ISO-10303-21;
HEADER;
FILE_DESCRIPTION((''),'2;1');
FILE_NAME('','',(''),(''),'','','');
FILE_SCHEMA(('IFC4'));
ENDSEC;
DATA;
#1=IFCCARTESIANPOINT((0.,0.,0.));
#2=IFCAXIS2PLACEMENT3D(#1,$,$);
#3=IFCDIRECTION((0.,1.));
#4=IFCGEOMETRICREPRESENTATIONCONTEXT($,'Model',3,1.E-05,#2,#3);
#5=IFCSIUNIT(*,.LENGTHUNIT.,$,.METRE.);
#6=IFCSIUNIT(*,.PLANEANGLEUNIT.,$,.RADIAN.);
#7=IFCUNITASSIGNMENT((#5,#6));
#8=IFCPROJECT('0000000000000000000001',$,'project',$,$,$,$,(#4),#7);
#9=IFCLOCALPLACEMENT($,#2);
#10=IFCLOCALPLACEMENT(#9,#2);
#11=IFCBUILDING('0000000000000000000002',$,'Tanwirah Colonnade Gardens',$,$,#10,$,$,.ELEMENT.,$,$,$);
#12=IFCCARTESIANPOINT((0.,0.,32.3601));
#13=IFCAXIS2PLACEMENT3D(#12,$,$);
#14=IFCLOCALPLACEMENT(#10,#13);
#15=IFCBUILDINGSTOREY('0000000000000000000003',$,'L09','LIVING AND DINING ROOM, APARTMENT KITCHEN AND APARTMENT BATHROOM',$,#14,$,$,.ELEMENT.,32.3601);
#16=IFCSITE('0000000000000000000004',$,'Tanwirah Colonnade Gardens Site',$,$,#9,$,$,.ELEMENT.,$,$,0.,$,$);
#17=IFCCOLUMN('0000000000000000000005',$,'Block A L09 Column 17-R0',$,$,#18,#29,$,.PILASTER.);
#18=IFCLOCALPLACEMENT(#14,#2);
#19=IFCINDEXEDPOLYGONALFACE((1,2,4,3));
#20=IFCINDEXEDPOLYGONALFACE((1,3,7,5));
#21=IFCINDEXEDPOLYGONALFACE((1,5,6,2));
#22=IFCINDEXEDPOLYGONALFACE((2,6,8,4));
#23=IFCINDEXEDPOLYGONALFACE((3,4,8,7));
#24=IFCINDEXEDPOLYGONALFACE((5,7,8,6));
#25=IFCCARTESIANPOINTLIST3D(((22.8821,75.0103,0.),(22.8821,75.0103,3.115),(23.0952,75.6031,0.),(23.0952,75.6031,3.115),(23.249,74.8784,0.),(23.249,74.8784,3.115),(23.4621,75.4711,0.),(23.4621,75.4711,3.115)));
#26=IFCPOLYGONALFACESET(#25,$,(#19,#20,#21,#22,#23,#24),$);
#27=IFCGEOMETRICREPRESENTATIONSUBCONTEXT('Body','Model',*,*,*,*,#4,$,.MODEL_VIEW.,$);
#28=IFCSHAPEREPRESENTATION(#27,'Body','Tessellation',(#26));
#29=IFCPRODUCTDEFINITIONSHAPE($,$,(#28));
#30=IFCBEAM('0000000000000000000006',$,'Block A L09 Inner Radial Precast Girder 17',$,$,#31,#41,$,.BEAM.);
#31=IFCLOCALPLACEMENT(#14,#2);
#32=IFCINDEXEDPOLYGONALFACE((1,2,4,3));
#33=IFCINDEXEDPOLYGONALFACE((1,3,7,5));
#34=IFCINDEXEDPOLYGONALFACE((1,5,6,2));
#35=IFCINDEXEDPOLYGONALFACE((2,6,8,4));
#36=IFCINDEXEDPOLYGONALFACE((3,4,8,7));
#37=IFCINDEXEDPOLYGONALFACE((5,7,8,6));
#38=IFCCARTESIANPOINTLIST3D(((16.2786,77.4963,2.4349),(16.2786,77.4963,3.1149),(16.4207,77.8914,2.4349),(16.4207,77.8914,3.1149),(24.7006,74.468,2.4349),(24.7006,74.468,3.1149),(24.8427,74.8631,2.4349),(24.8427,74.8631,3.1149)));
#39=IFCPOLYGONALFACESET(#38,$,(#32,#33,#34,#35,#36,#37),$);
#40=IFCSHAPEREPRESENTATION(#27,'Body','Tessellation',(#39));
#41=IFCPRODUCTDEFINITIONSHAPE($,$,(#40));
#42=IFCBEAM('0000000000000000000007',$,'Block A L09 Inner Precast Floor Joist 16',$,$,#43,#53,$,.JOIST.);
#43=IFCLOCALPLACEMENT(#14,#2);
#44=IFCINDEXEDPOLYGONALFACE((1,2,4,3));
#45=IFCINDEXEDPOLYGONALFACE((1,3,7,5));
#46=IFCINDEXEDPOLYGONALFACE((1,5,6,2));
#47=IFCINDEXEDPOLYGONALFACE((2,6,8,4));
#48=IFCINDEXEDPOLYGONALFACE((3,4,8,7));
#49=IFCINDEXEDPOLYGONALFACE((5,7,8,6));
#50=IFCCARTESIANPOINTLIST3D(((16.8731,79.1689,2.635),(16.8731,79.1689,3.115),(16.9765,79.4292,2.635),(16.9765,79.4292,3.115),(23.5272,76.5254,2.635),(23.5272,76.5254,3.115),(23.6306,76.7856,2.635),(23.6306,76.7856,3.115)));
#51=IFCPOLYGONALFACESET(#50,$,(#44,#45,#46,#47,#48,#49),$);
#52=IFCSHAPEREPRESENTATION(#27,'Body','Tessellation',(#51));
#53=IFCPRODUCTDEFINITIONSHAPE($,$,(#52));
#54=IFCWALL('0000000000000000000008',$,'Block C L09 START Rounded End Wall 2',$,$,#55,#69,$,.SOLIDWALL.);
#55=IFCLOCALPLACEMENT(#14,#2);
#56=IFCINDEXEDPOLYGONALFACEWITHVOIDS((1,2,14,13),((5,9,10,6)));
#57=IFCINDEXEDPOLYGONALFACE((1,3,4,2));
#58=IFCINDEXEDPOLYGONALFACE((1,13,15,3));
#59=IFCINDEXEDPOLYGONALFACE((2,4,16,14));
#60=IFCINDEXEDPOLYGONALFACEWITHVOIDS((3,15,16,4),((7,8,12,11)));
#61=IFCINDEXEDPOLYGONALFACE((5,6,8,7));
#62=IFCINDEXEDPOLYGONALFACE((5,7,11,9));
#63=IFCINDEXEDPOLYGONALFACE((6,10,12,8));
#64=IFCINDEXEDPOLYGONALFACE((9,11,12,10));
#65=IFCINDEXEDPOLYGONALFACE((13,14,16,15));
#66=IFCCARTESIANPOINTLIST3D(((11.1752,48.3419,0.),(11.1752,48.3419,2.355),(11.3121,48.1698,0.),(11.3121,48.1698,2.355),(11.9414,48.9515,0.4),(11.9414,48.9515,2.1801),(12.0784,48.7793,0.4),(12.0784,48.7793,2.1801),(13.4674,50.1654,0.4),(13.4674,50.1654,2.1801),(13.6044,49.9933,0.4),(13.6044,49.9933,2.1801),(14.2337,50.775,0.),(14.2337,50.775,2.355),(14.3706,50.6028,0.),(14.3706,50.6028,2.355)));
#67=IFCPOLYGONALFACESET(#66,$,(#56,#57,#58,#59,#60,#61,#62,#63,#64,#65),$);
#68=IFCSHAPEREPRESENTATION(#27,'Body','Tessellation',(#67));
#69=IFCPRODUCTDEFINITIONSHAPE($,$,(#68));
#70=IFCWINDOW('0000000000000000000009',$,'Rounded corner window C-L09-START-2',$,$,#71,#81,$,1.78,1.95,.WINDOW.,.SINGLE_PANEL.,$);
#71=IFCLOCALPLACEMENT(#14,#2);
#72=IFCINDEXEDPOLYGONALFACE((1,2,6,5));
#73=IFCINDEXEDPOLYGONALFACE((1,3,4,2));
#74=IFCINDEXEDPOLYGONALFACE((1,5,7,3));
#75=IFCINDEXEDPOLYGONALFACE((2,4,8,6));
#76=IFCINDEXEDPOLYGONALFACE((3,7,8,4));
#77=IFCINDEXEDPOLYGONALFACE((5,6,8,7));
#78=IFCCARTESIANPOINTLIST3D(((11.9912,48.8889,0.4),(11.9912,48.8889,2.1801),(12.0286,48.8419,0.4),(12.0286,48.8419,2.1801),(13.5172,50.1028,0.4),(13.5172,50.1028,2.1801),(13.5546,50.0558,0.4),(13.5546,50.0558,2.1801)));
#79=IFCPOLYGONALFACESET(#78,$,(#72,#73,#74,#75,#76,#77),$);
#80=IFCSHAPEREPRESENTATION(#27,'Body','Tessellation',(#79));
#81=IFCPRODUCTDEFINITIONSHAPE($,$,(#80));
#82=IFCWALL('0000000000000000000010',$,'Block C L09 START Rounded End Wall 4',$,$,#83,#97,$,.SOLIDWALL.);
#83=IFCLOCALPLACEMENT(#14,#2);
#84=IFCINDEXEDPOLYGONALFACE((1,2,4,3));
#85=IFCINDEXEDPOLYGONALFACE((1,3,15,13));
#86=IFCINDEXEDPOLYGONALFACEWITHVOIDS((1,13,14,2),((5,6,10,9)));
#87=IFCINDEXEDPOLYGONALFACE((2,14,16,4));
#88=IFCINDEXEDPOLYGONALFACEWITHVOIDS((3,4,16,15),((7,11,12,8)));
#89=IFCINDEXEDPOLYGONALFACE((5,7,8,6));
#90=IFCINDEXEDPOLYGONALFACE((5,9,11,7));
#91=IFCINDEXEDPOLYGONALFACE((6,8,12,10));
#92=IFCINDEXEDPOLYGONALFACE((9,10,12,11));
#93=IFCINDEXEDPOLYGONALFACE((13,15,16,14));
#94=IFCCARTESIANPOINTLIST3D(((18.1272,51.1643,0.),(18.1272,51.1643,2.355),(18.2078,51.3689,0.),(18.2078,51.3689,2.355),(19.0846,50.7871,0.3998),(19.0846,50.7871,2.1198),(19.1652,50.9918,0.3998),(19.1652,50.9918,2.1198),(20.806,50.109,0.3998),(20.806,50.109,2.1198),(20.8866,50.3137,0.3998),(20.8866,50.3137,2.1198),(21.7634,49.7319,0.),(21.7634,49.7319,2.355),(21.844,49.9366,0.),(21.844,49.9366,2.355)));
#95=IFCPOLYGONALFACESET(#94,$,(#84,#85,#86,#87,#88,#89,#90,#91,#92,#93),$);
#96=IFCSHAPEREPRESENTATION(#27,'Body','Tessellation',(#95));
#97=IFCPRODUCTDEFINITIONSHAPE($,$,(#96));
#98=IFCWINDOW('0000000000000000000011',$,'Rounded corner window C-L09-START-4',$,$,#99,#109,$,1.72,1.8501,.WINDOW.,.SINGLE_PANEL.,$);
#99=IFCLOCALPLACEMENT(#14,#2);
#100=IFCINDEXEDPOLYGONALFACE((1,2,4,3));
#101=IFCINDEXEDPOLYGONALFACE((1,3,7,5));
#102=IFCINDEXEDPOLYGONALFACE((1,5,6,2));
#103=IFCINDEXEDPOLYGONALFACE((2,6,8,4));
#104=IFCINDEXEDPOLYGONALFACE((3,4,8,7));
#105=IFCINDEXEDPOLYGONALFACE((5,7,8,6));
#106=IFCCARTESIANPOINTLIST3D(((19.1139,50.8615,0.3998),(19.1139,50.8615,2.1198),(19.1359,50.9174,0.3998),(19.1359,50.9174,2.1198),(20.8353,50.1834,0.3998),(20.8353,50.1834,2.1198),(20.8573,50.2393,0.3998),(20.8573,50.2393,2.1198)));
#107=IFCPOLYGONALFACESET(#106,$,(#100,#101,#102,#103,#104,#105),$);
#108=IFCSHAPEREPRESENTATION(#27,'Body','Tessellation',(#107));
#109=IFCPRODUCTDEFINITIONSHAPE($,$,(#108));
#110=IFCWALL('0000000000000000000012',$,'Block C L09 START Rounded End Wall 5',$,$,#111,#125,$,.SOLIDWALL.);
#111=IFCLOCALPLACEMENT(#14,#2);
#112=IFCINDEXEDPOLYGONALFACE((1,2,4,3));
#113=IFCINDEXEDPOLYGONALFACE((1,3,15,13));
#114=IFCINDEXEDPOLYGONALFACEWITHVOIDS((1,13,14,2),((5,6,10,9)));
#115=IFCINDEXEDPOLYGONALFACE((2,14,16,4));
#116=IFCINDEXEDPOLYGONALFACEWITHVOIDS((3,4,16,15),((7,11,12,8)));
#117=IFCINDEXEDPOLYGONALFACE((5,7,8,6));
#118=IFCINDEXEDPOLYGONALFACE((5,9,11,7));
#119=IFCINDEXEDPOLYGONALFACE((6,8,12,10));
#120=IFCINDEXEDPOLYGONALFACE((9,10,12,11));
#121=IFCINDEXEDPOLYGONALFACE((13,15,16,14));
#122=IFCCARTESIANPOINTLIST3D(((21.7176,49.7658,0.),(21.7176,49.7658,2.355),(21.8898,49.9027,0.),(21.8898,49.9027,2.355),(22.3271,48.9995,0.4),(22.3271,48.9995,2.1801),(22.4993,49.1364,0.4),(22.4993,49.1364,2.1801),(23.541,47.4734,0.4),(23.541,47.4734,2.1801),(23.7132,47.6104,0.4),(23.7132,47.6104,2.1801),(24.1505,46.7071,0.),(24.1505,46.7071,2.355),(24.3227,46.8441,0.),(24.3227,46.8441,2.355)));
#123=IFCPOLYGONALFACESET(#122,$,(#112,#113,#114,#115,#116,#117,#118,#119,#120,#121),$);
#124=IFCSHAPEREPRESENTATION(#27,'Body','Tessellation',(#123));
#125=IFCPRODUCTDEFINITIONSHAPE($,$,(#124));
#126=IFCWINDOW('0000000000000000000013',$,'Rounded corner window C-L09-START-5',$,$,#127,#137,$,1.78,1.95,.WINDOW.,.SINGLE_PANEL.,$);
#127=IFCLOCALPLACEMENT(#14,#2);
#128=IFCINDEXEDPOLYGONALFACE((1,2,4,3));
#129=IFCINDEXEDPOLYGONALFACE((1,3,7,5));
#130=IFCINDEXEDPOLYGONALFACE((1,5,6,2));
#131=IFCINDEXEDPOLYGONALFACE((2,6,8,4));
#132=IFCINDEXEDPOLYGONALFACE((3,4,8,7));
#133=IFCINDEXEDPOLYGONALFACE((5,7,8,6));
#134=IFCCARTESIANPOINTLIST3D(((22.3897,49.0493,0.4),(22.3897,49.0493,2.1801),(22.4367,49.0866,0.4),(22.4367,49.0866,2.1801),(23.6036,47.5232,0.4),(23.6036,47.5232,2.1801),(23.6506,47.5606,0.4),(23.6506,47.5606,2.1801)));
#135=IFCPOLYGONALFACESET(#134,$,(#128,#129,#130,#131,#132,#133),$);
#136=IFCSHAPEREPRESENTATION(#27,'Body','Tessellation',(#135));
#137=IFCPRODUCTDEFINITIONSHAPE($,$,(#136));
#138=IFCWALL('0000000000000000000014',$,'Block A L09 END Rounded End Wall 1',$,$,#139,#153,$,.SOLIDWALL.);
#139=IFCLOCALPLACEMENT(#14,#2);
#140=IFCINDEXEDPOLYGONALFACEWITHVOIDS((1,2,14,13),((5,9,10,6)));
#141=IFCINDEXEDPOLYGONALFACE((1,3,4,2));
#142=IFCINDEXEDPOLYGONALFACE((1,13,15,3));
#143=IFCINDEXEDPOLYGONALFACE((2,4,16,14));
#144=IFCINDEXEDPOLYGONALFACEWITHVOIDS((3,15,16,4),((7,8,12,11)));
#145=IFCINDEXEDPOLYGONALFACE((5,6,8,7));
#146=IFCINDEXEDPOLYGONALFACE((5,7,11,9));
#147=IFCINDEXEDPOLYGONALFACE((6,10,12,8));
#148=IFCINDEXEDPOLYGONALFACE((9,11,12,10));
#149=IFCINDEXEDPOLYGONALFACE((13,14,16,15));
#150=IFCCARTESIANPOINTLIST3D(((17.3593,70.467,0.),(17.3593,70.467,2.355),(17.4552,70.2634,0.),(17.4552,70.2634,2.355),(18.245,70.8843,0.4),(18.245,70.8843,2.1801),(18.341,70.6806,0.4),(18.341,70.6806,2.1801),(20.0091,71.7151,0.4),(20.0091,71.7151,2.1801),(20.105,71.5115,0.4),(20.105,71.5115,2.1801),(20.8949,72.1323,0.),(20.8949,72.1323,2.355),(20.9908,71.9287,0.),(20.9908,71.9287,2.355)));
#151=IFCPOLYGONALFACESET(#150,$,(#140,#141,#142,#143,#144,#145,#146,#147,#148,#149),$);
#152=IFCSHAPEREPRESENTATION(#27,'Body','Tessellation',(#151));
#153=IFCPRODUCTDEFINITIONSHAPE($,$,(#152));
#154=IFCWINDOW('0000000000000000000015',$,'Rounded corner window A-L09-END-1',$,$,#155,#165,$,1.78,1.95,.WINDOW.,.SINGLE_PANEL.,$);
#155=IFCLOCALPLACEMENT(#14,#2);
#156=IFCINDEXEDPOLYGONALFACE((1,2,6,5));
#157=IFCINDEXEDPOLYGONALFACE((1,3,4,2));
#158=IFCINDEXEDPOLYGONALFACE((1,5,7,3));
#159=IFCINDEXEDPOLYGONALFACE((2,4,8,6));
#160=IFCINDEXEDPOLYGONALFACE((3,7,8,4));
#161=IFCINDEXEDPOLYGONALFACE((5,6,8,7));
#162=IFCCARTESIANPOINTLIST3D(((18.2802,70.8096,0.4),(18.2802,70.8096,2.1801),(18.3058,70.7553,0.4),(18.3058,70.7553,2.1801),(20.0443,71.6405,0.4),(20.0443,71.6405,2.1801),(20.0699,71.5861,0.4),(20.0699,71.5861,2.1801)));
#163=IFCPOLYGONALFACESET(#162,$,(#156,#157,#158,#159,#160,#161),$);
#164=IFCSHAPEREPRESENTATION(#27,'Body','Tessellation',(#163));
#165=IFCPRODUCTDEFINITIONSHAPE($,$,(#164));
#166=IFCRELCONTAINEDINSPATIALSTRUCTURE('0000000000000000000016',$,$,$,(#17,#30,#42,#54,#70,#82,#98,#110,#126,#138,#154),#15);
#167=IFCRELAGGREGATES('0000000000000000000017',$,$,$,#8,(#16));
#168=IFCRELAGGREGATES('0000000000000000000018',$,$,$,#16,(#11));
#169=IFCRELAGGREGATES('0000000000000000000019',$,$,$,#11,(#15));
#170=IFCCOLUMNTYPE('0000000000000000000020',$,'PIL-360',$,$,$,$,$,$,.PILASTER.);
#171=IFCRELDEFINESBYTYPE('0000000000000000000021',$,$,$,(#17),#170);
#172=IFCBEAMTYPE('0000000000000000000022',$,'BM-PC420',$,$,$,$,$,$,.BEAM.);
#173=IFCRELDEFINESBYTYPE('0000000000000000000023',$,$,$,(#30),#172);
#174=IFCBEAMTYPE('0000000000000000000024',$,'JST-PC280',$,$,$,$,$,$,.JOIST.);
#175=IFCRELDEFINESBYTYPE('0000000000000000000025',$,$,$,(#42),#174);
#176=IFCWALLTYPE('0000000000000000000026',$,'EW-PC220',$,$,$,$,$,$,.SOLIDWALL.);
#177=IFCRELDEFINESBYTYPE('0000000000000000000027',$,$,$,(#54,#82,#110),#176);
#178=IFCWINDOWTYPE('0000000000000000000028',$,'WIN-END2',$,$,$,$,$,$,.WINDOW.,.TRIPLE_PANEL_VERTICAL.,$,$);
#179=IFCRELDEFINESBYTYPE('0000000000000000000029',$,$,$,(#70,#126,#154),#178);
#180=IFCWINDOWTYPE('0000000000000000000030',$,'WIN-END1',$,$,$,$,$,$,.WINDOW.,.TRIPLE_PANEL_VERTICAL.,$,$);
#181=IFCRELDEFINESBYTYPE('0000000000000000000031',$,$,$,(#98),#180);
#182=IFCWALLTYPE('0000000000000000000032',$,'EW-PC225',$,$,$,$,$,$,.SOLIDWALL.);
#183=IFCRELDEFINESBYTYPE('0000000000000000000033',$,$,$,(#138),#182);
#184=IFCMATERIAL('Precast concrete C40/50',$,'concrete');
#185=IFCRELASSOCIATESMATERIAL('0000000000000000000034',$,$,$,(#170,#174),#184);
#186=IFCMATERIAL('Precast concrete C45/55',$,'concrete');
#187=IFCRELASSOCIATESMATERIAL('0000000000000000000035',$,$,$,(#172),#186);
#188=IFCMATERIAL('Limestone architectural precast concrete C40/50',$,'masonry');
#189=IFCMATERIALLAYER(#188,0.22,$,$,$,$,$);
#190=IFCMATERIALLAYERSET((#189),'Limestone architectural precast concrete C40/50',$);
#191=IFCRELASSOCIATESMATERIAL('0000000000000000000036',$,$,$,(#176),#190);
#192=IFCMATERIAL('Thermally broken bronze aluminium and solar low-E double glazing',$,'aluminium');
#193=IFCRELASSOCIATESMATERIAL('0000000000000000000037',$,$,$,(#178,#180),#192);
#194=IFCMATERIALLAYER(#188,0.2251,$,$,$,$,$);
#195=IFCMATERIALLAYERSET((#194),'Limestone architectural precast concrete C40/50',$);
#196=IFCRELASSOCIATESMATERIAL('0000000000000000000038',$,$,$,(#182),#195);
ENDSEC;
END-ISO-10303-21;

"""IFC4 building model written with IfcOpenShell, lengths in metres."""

from ifc_helpers import new_model, si_unit, direction, frame, frame_2d, origin, origin_2d, place, context, subcontext, project, spatial, rectangle, extrude, material, layer, layer_set, material_profile, profile_set, type_object, element, fill, save


model = new_model("IFC4")

# Units and contexts
model_context = context("Model", 3, precision=1e-05, world=origin(), true_north=direction((0.0, 1.0)))
body_context = subcontext(model_context, "Body", "Model", "MODEL_VIEW")
ifc_project = project(units=[si_unit("LENGTHUNIT", "METRE"), si_unit("PLANEANGLEUNIT", "RADIAN")], contexts=[model_context])

# Site, building, storey
site_placement = place(None, origin())
site = spatial("IfcSite", under=ifc_project, at=site_placement, Name="Tanwirah Colonnade Gardens Site", CompositionType="ELEMENT", RefElevation=0.0)
building_placement = place(site_placement, origin())
building = spatial("IfcBuilding", under=site, at=building_placement, Name="Tanwirah Colonnade Gardens", CompositionType="ELEMENT")
storey_placement = place(building_placement, frame((0.0, 0.0, 32.3601)))
storey = spatial("IfcBuildingStorey", under=building, at=storey_placement, Name="L09", Description="LIVING AND DINING ROOM, APARTMENT KITCHEN AND APARTMENT BATHROOM", CompositionType="ELEMENT", Elevation=32.3601)

# Column
ifc_material_1 = material(Name="Precast concrete C40/50", Category="concrete")
ifc_material_profile_1 = material_profile(ifc_material_1, rectangle(XDim=0.3899, YDim=0.6299, at=origin_2d()), Name="PC-PIL 390x630")
ifc_profile_set_1 = profile_set([ifc_material_profile_1], Name="Precast concrete C40/50")
column_type = type_object("IfcColumnType", Name="PIL-360", PredefinedType="PILASTER", material=ifc_profile_set_1)
column_placement = place(storey_placement, frame((23.1721, 75.2407, 0.0), z_axis=(0.0, 0.0, 1.0), x_axis=(-0.941012, 0.338373, 0.0)))
element("IfcColumn", 1, at=column_placement, inside=storey, type_object=column_type, Name="Block A L09 Column 17-R0", PredefinedType="PILASTER", context=body_context, shape_type="SweptSolid", body=[
    extrude(rectangle(XDim=0.3899, YDim=0.6299, at=origin_2d()), origin(), (0.0, 0.0, 1.0), 3.115),
])

# Beams
ifc_material_2 = material(Name="Precast concrete C45/55", Category="concrete")
ifc_material_profile_2 = material_profile(ifc_material_2, rectangle(XDim=0.4199, YDim=0.6799, at=origin_2d()), Name="PC-BM 420x680")
ifc_profile_set_2 = profile_set([ifc_material_profile_2], Name="Precast concrete C45/55")
beam_type_1 = type_object("IfcBeamType", Name="BM-PC420", PredefinedType="BEAM", material=ifc_profile_set_2)
beam_1_placement = place(storey_placement, frame((16.3496, 77.6938, 2.7749), z_axis=(0.941017, -0.338359, 0.0), x_axis=(0.338359, 0.941017, 0.0)))
element("IfcBeam", 2, at=beam_1_placement, inside=storey, type_object=beam_type_1, Name="Block A L09 Inner Radial Precast Girder 17", PredefinedType="BEAM", context=body_context, shape_type="SweptSolid", body=[
    extrude(rectangle(XDim=0.4199, YDim=0.6799, at=origin_2d()), origin(), (0.0, 0.0, 1.0), 8.95),
])
ifc_material_profile_3 = material_profile(ifc_material_1, rectangle(XDim=0.28, YDim=0.48, at=origin_2d()), Name="PC-JST 280x480")
ifc_profile_set_3 = profile_set([ifc_material_profile_3], Name="Precast concrete C40/50")
beam_type_2 = type_object("IfcBeamType", Name="JST-PC280", PredefinedType="JOIST", material=ifc_profile_set_3)
beam_2_placement = place(storey_placement, frame((23.5789, 76.6555, 2.875), z_axis=(-0.929344, 0.369214, 0.0), x_axis=(-0.369214, -0.929344, 0.0)))
element("IfcBeam", 3, at=beam_2_placement, inside=storey, type_object=beam_type_2, Name="Block A L09 Inner Precast Floor Joist 16", PredefinedType="JOIST", context=body_context, shape_type="SweptSolid", body=[
    extrude(rectangle(XDim=0.28, YDim=0.48, at=origin_2d()), origin(), (0.0, 0.0, 1.0), 7.1599),
])

# Walls, openings, windows
ifc_material_3 = material(Name="Limestone architectural precast concrete C40/50", Category="masonry")
ifc_layer_1 = layer(ifc_material_3, 0.22)
ifc_layer_set_1 = layer_set([ifc_layer_1], Name="Limestone architectural precast concrete C40/50")
wall_type_1 = type_object("IfcWallType", Name="EW-PC220", PredefinedType="SOLIDWALL", material=ifc_layer_set_1)
wall_1_placement = place(storey_placement, frame((11.2437, 48.2559, 0.0), z_axis=(0.0, 0.0, 1.0), x_axis=(0.782584, 0.622544, 0.0)))
wall_1 = element("IfcWall", 4, at=wall_1_placement, inside=storey, type_object=wall_type_1, Name="Block C L09 START Rounded End Wall 2", PredefinedType="SOLIDWALL", context=body_context, shape_type="SweptSolid", body=[
    extrude(rectangle(XDim=3.9082, YDim=0.22, at=frame_2d((1.9541, 0.0))), origin(), (0.0, 0.0, 1.0), 2.355),
])
opening_1_placement = place(wall_1_placement, frame((0.979, 0.0, 0.3999)))
opening_1 = element("IfcOpeningElement", 5, at=opening_1_placement, cuts=wall_1, PredefinedType="OPENING", context=body_context, shape_type="SweptSolid", body=[
    extrude(rectangle(XDim=1.95, YDim=1.78, at=frame_2d((0.9751, 0.8901))), frame((0.0, 0.1199, 0.0), z_axis=(0.0, -1.0, 0.0), x_axis=(1.0, 0.0, 0.0)), (0.0, 0.0, 1.0), 0.24),
])
ifc_material_4 = material(Name="Thermally broken bronze aluminium and solar low-E double glazing", Category="aluminium")
window_type_1 = type_object("IfcWindowType", Name="WIN-END2", PartitioningType="TRIPLE_PANEL_VERTICAL", PredefinedType="WINDOW", material=ifc_material_4)
window_1_placement = place(opening_1_placement, origin())
window_1 = element("IfcWindow", 6, at=window_1_placement, inside=storey, type_object=window_type_1, Name="Rounded corner window C-L09-START-2", OverallHeight=1.78, OverallWidth=1.95, PartitioningType="SINGLE_PANEL", PredefinedType="WINDOW", context=body_context, shape_type="SweptSolid", body=[
    extrude(rectangle(XDim=1.95, YDim=1.78, at=frame_2d((0.9751, 0.8901))), frame((0.0, 0.03, 0.0), z_axis=(0.0, -1.0, 0.0), x_axis=(1.0, 0.0, 0.0)), (0.0, 0.0, 1.0), 0.0601),
])
fill(opening_1, window_1)
wall_2_placement = place(storey_placement, frame((18.1675, 51.2666, 0.0), z_axis=(0.0, 0.0, 1.0), x_axis=(0.930415, -0.366506, 0.0)))
wall_2 = element("IfcWall", 7, at=wall_2_placement, inside=storey, type_object=wall_type_1, Name="Block C L09 START Rounded End Wall 4", PredefinedType="SOLIDWALL", context=body_context, shape_type="SweptSolid", body=[
    extrude(rectangle(XDim=3.9082, YDim=0.22, at=frame_2d((1.9541, 0.0))), origin(), (0.0, 0.0, 1.0), 2.355),
])
opening_2_placement = place(wall_2_placement, frame((1.0291, 0.0, 0.3999)))
opening_2 = element("IfcOpeningElement", 8, at=opening_2_placement, cuts=wall_2, PredefinedType="OPENING", context=body_context, shape_type="SweptSolid", body=[
    extrude(rectangle(XDim=1.8501, YDim=1.72, at=frame_2d((0.925, 0.8599))), frame((0.0, 0.1199, 0.0), z_axis=(0.0, -1.0, 0.0), x_axis=(1.0, 0.0, 0.0)), (0.0, 0.0, 1.0), 0.24),
])
window_type_2 = type_object("IfcWindowType", Name="WIN-END1", PartitioningType="TRIPLE_PANEL_VERTICAL", PredefinedType="WINDOW", material=ifc_material_4)
window_2_placement = place(opening_2_placement, origin())
window_2 = element("IfcWindow", 9, at=window_2_placement, inside=storey, type_object=window_type_2, Name="Rounded corner window C-L09-START-4", OverallHeight=1.72, OverallWidth=1.8501, PartitioningType="SINGLE_PANEL", PredefinedType="WINDOW", context=body_context, shape_type="SweptSolid", body=[
    extrude(rectangle(XDim=1.8501, YDim=1.72, at=frame_2d((0.925, 0.8599))), frame((0.0, 0.03, 0.0), z_axis=(0.0, -1.0, 0.0), x_axis=(1.0, 0.0, 0.0)), (0.0, 0.0, 1.0), 0.0601),
])
fill(opening_2, window_2)
wall_3_placement = place(storey_placement, frame((21.8037, 49.8342, 0.0), z_axis=(0.0, 0.0, 1.0), x_axis=(0.622506, -0.782615, 0.0)))
wall_3 = element("IfcWall", 10, at=wall_3_placement, inside=storey, type_object=wall_type_1, Name="Block C L09 START Rounded End Wall 5", PredefinedType="SOLIDWALL", context=body_context, shape_type="SweptSolid", body=[
    extrude(rectangle(XDim=3.9082, YDim=0.22, at=frame_2d((1.9541, 0.0))), origin(), (0.0, 0.0, 1.0), 2.355),
])
opening_3_placement = place(wall_3_placement, frame((0.979, 0.0, 0.3999)))
opening_3 = element("IfcOpeningElement", 11, at=opening_3_placement, cuts=wall_3, PredefinedType="OPENING", context=body_context, shape_type="SweptSolid", body=[
    extrude(rectangle(XDim=1.95, YDim=1.78, at=frame_2d((0.9751, 0.8901))), frame((0.0, 0.1199, 0.0), z_axis=(0.0, -1.0, 0.0), x_axis=(1.0, 0.0, 0.0)), (0.0, 0.0, 1.0), 0.24),
])
window_3_placement = place(opening_3_placement, origin())
window_3 = element("IfcWindow", 12, at=window_3_placement, inside=storey, type_object=window_type_1, Name="Rounded corner window C-L09-START-5", OverallHeight=1.78, OverallWidth=1.95, PartitioningType="SINGLE_PANEL", PredefinedType="WINDOW", context=body_context, shape_type="SweptSolid", body=[
    extrude(rectangle(XDim=1.95, YDim=1.78, at=frame_2d((0.9751, 0.8901))), frame((0.0, 0.03, 0.0), z_axis=(0.0, -1.0, 0.0), x_axis=(1.0, 0.0, 0.0)), (0.0, 0.0, 1.0), 0.0601),
])
fill(opening_3, window_3)
ifc_layer_2 = layer(ifc_material_3, 0.2251)
ifc_layer_set_2 = layer_set([ifc_layer_2], Name="Limestone architectural precast concrete C40/50")
wall_type_2 = type_object("IfcWallType", Name="EW-PC225", PredefinedType="SOLIDWALL", material=ifc_layer_set_2)
wall_4_placement = place(storey_placement, frame((20.9429, 72.0305, 0.0), z_axis=(0.0, 0.0, 1.0), x_axis=(-0.904676, -0.426101, 0.0)))
wall_4 = element("IfcWall", 13, at=wall_4_placement, inside=storey, type_object=wall_type_2, Name="Block A L09 END Rounded End Wall 1", PredefinedType="SOLIDWALL", context=body_context, shape_type="SweptSolid", body=[
    extrude(rectangle(XDim=3.9082, YDim=0.2251, at=frame_2d((1.9541, 0.0))), origin(), (0.0, 0.0, 1.0), 2.355),
])
opening_4_placement = place(wall_4_placement, frame((0.979, 0.0, 0.3999)))
opening_4 = element("IfcOpeningElement", 14, at=opening_4_placement, cuts=wall_4, PredefinedType="OPENING", context=body_context, shape_type="SweptSolid", body=[
    extrude(rectangle(XDim=1.95, YDim=1.78, at=frame_2d((0.9751, 0.8901))), frame((0.0, 0.1226, 0.0), z_axis=(0.0, -1.0, 0.0), x_axis=(1.0, 0.0, 0.0)), (0.0, 0.0, 1.0), 0.2451),
])
window_4_placement = place(opening_4_placement, origin())
window_4 = element("IfcWindow", 15, at=window_4_placement, inside=storey, type_object=window_type_1, Name="Rounded corner window A-L09-END-1", OverallHeight=1.78, OverallWidth=1.95, PartitioningType="SINGLE_PANEL", PredefinedType="WINDOW", context=body_context, shape_type="SweptSolid", body=[
    extrude(rectangle(XDim=1.95, YDim=1.78, at=frame_2d((0.9751, 0.8901))), frame((0.0, 0.03, 0.0), z_axis=(0.0, -1.0, 0.0), x_axis=(1.0, 0.0, 0.0)), (0.0, 0.0, 1.0), 0.0601),
])
fill(opening_4, window_4)

save(model, "model.ifc")
